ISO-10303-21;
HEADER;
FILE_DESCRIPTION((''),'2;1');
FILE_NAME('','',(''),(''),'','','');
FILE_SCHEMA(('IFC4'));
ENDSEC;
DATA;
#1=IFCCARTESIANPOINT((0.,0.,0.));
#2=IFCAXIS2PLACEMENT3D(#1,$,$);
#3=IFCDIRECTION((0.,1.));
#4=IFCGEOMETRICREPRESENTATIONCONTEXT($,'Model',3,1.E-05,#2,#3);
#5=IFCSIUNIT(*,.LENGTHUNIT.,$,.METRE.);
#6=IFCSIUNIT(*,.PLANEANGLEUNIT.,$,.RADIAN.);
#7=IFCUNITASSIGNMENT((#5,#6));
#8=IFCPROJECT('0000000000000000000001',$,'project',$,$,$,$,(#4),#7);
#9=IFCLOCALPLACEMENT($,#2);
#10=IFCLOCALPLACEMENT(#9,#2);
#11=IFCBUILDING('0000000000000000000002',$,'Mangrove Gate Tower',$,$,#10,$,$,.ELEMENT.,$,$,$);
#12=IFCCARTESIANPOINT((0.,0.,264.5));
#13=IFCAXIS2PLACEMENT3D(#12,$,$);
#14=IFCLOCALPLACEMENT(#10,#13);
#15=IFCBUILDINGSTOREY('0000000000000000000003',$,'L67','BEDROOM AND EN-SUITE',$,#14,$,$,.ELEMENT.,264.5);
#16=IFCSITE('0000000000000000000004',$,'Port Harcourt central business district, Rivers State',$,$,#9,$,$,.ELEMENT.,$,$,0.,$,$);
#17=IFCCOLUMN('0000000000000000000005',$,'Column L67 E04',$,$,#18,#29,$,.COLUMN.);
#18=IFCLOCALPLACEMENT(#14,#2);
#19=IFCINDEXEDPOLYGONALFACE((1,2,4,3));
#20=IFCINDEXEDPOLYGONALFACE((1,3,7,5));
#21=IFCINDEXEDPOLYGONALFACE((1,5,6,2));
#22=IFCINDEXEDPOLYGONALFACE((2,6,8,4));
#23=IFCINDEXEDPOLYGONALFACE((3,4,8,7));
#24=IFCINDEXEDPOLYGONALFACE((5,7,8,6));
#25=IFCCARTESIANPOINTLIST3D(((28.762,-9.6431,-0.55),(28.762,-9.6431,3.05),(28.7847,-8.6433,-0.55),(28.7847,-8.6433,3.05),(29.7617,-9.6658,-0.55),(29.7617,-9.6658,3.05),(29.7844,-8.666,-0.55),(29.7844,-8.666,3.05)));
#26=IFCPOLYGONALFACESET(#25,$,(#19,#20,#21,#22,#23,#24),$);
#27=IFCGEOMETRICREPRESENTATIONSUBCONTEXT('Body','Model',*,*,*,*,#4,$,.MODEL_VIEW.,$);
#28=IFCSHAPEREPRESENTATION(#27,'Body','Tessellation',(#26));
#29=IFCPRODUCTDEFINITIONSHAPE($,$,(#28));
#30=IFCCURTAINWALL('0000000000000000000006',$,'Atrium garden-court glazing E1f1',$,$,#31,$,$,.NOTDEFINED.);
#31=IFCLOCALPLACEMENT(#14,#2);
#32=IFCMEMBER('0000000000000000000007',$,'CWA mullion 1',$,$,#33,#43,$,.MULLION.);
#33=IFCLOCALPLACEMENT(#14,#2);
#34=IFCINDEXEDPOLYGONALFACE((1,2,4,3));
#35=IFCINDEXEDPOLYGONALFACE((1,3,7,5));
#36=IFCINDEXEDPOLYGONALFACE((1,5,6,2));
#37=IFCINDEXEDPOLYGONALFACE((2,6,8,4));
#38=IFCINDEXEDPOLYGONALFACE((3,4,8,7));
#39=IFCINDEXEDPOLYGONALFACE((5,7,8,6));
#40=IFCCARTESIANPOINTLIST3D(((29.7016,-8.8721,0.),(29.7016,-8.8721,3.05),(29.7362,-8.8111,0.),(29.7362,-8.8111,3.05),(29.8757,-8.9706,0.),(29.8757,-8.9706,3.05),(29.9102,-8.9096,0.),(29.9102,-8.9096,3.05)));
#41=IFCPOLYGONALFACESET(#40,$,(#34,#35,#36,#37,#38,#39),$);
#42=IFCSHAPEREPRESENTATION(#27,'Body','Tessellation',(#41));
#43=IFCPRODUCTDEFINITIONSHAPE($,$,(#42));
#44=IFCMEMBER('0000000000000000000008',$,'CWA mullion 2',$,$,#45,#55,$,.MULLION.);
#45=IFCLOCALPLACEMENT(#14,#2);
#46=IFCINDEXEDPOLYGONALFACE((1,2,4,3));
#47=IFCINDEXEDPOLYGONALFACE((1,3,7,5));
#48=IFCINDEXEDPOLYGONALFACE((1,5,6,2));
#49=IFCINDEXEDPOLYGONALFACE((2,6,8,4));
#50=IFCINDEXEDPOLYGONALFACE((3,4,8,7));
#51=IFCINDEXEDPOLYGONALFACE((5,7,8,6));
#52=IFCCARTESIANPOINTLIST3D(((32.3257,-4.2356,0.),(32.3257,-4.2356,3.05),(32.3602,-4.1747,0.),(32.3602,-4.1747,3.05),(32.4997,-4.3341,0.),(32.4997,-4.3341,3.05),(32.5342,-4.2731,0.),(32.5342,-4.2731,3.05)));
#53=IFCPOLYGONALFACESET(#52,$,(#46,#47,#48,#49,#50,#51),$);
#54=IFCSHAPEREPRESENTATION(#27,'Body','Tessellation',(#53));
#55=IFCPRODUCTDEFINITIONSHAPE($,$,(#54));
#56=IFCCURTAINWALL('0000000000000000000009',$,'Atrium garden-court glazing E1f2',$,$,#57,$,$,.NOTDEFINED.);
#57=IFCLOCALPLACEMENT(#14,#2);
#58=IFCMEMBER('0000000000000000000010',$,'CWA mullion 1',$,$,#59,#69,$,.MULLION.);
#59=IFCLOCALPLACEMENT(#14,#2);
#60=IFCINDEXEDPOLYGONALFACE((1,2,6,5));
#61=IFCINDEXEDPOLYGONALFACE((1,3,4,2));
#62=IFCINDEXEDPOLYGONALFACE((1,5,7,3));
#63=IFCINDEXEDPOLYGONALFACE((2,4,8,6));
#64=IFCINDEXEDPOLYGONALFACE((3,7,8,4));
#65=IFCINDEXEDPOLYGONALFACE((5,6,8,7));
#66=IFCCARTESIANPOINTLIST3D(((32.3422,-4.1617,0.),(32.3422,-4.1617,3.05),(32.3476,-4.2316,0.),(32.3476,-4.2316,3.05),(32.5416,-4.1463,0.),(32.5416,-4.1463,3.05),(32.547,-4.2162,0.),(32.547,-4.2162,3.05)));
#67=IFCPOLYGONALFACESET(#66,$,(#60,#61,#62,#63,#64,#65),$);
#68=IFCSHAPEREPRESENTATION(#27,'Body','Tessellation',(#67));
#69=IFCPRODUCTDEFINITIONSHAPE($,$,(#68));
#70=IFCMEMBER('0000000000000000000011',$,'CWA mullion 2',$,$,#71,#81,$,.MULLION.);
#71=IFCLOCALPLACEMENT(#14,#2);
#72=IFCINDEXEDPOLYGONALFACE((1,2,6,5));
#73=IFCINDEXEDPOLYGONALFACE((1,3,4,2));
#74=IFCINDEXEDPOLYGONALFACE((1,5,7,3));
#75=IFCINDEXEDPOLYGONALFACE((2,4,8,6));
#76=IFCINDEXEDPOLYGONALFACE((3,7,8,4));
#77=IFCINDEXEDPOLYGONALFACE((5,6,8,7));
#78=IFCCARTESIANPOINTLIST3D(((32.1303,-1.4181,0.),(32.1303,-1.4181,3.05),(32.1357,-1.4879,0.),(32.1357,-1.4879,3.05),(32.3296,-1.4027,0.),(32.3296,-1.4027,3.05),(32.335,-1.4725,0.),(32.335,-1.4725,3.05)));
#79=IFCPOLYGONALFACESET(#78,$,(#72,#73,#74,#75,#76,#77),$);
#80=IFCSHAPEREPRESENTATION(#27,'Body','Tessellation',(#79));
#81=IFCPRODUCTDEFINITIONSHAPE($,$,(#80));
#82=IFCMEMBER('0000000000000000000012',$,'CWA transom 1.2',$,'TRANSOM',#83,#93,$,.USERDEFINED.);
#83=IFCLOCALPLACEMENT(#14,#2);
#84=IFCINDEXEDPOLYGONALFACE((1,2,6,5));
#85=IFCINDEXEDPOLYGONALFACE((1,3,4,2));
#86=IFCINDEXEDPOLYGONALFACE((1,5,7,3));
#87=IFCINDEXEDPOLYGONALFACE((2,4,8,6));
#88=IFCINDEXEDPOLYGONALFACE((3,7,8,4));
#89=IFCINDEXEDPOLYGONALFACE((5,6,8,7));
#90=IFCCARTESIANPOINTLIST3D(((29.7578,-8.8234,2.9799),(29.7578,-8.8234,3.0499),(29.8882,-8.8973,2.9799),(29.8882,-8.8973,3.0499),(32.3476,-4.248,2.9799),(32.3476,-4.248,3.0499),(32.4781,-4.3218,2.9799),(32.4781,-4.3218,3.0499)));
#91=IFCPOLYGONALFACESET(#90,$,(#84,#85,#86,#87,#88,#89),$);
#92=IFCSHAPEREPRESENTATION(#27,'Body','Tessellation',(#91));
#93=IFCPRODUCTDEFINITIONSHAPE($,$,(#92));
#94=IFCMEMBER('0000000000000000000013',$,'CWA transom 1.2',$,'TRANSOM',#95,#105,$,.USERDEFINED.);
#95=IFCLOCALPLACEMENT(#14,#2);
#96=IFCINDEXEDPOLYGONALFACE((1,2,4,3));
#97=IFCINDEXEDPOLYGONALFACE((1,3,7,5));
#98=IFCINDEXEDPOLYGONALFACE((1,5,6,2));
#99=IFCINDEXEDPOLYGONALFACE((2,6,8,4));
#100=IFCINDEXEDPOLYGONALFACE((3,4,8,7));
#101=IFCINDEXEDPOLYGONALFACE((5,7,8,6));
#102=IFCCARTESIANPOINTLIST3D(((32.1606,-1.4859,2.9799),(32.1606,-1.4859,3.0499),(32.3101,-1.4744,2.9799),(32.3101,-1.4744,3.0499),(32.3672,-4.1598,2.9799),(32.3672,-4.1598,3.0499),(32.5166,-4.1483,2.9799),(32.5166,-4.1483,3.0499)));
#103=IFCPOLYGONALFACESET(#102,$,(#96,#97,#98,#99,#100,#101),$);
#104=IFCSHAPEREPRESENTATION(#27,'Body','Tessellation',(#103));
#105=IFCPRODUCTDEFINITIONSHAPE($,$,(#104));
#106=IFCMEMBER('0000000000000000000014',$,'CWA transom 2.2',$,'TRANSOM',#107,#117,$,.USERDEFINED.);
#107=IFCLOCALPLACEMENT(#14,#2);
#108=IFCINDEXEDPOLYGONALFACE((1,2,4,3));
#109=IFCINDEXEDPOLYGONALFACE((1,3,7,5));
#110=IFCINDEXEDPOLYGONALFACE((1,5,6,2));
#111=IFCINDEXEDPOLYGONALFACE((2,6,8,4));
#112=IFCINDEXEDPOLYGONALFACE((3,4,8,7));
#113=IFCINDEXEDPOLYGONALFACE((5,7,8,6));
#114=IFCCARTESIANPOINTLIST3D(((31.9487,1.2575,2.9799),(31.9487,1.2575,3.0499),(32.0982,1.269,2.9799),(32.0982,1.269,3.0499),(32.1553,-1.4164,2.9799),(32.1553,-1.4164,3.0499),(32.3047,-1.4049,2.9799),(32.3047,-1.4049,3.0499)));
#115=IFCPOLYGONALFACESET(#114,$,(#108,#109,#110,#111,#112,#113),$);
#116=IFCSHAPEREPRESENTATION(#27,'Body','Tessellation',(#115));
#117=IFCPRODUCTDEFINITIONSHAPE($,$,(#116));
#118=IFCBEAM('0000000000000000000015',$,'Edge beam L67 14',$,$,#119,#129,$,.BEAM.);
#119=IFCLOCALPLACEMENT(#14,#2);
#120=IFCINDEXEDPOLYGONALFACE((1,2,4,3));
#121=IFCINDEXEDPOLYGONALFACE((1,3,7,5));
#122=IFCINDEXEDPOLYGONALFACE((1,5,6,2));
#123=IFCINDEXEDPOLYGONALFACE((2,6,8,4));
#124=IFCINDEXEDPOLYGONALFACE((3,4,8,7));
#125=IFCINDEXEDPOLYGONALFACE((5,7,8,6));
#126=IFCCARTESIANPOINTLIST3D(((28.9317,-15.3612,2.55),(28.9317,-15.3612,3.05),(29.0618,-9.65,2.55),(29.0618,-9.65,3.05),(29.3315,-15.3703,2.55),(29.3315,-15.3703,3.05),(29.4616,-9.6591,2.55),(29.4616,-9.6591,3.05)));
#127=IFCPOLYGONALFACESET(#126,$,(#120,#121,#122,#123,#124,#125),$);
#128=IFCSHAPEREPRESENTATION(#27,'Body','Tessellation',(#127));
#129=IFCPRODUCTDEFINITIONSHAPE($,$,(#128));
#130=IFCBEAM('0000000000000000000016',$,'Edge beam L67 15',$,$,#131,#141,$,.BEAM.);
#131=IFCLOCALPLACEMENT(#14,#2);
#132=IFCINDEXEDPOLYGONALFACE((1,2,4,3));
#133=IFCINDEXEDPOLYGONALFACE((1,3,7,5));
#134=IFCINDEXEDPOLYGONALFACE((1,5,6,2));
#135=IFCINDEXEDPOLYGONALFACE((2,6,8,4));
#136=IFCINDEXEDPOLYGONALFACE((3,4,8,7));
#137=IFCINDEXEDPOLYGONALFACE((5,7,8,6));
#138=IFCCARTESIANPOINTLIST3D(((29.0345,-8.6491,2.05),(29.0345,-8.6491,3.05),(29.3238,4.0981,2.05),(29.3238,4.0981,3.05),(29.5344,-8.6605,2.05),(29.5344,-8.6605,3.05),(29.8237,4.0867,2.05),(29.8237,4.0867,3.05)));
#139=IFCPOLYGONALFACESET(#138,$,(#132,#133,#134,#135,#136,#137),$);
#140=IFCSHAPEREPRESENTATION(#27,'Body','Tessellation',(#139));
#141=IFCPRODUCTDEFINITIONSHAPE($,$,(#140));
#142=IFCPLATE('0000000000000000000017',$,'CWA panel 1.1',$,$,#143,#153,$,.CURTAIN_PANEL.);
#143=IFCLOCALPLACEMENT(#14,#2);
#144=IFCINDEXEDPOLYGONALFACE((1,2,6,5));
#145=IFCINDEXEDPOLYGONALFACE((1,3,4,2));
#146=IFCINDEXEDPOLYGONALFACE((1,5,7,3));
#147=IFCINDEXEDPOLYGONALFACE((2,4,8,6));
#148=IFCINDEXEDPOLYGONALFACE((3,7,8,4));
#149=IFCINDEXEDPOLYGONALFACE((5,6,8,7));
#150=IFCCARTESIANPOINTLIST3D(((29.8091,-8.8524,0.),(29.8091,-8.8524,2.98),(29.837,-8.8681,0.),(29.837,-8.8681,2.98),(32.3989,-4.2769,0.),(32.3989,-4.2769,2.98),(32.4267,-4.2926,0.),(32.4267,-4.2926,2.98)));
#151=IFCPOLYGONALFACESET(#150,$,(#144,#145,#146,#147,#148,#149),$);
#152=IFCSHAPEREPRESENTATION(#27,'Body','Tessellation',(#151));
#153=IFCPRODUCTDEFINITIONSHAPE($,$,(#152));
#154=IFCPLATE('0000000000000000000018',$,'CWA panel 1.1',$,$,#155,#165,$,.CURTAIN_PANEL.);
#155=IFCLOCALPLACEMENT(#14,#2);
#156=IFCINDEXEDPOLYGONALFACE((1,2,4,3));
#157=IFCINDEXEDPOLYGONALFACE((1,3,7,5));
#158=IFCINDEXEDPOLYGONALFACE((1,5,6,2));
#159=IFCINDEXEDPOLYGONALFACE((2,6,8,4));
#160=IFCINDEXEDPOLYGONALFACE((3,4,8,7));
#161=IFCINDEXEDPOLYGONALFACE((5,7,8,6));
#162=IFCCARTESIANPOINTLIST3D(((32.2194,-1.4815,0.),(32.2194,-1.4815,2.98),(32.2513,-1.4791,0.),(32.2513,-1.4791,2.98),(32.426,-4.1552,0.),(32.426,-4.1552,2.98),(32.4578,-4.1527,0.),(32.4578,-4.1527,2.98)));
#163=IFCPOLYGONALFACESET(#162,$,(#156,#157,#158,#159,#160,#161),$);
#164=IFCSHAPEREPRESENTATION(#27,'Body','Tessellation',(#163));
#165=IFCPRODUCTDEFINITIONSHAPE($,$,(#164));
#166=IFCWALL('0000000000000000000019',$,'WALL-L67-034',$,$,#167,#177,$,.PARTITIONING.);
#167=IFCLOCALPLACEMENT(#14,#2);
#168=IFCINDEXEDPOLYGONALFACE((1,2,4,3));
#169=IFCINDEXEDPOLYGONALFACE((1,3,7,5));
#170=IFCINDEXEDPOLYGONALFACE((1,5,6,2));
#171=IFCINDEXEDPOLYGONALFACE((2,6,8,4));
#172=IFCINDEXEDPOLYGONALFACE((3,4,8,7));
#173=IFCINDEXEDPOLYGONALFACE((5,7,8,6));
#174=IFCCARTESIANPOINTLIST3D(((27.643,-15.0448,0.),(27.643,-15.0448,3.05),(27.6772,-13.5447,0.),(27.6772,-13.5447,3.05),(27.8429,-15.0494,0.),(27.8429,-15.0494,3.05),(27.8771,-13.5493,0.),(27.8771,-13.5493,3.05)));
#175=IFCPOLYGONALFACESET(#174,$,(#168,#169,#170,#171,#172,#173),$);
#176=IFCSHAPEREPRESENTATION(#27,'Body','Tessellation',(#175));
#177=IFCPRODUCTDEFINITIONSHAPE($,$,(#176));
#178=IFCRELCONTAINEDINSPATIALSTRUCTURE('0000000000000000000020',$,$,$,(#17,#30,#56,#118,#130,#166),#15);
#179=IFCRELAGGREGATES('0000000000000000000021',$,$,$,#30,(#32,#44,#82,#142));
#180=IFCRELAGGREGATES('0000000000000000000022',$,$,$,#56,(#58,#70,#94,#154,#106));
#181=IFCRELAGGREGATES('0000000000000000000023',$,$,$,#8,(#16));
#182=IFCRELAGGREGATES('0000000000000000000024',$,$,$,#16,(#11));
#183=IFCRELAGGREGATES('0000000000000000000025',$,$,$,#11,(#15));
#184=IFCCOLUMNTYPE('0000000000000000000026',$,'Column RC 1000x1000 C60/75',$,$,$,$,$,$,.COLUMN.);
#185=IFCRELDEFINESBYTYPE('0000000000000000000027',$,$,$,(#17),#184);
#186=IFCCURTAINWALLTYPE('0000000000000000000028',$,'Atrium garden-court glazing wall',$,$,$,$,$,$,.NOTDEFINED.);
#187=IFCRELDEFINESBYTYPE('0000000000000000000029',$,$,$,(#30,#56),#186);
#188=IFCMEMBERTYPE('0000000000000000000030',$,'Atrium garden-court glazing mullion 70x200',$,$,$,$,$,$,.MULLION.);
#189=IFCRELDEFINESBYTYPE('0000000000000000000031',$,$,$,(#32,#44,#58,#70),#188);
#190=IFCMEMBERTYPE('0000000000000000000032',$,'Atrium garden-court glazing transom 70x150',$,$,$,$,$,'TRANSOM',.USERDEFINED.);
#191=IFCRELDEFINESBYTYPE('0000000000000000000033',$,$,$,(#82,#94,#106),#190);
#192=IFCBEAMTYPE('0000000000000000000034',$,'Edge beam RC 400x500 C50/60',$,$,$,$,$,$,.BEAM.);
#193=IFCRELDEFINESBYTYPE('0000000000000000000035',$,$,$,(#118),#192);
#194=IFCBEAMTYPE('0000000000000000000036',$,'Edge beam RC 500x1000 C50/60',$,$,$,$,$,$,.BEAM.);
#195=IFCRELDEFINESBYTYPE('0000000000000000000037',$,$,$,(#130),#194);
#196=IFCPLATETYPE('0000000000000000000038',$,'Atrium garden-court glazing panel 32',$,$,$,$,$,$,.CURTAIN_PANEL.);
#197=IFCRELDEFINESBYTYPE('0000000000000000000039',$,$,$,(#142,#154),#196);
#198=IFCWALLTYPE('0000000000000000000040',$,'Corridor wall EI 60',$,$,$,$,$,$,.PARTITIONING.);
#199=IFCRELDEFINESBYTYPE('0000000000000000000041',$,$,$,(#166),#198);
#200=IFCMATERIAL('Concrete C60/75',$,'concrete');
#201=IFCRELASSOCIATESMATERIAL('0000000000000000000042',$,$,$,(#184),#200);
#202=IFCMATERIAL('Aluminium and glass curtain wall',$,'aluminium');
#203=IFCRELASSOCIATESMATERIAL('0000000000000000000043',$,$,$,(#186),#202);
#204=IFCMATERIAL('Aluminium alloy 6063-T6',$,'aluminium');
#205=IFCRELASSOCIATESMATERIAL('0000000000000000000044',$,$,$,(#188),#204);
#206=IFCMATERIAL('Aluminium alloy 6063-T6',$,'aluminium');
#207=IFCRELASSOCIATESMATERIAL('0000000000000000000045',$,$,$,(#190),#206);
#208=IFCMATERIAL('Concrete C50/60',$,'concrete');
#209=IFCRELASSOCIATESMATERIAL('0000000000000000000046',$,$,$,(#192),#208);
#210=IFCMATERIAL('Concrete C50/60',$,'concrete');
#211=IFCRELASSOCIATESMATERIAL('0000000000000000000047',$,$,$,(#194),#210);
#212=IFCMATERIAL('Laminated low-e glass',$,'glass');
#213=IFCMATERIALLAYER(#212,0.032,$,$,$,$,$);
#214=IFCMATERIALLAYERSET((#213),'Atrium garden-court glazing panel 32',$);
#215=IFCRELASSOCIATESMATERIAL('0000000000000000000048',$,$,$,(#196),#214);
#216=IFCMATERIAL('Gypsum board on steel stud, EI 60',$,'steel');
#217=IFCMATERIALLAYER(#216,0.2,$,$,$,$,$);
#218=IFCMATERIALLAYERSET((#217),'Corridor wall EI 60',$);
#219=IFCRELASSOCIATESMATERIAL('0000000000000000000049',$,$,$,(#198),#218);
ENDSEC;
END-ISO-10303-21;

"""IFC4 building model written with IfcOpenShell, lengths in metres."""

from ifc_helpers import new_model, si_unit, direction, frame, frame_2d, origin, origin_2d, place, context, subcontext, project, spatial, rectangle, extrude, material, layer, layer_set, material_profile, profile_set, type_object, element, aggregate, save


model = new_model("IFC4")

# Units and contexts
model_context = context("Model", 3, precision=1e-05, world=origin(), true_north=direction((0.0, 1.0)))
body_context = subcontext(model_context, "Body", "Model", "MODEL_VIEW")
ifc_project = project(units=[si_unit("LENGTHUNIT", "METRE"), si_unit("PLANEANGLEUNIT", "RADIAN")], contexts=[model_context])

# Site, building, storey
site_placement = place(None, origin())
site = spatial("IfcSite", under=ifc_project, at=site_placement, Name="Port Harcourt central business district, Rivers State", CompositionType="ELEMENT", RefElevation=0.0)
building_placement = place(site_placement, origin())
building = spatial("IfcBuilding", under=site, at=building_placement, Name="Mangrove Gate Tower", CompositionType="ELEMENT")
storey_placement = place(building_placement, frame((0.0, 0.0, 264.5)))
storey = spatial("IfcBuildingStorey", under=building, at=storey_placement, Name="L67", Description="BEDROOM AND EN-SUITE", CompositionType="ELEMENT", Elevation=264.5)

# Column
ifc_material_1 = material(Name="Concrete C60/75", Category="concrete")
ifc_material_profile_1 = material_profile(ifc_material_1, rectangle(XDim=1.0, YDim=1.0, at=origin_2d()))
ifc_profile_set_1 = profile_set([ifc_material_profile_1], Name="Concrete C60/75")
column_type = type_object("IfcColumnType", Name="Column RC 1000x1000 C60/75", PredefinedType="COLUMN", material=ifc_profile_set_1)
column_placement = place(storey_placement, frame((29.2732, -9.1545, -0.55), z_axis=(0.0, 0.0, 1.0), x_axis=(0.022724, 0.999742, 0.0)))
element("IfcColumn", 1, at=column_placement, inside=storey, type_object=column_type, Name="Column L67 E04", PredefinedType="COLUMN", context=body_context, shape_type="SweptSolid", body=[
    extrude(rectangle(XDim=1.0, YDim=1.0, at=origin_2d()), origin(), (0.0, 0.0, 1.0), 3.6001),
])

# Curtain walls, members
ifc_material_2 = material(Name="Aluminium and glass curtain wall", Category="aluminium")
curtain_wall_type = type_object("IfcCurtainWallType", Name="Atrium garden-court glazing wall", PredefinedType="NOTDEFINED", material=ifc_material_2)
curtain_wall_1_placement = place(storey_placement, origin())
curtain_wall_1 = element("IfcCurtainWall", 2, at=curtain_wall_1_placement, inside=storey, type_object=curtain_wall_type, Name="Atrium garden-court glazing E1f1", PredefinedType="NOTDEFINED")
ifc_material_3 = material(Name="Aluminium alloy 6063-T6", Category="aluminium")
ifc_material_profile_2 = material_profile(ifc_material_3, rectangle(XDim=0.0701, YDim=0.2, at=origin_2d()))
ifc_profile_set_2 = profile_set([ifc_material_profile_2], Name="Aluminium alloy 6063-T6")
member_type_1 = type_object("IfcMemberType", Name="Atrium garden-court glazing mullion 70x200", PredefinedType="MULLION", material=ifc_profile_set_2)
member_1_placement = place(storey_placement, frame((29.8059, -8.8909, 0.0), z_axis=(0.0, 0.0, 1.0), x_axis=(0.492568, 0.870274, 0.0)))
member_1 = element("IfcMember", 3, at=member_1_placement, type_object=member_type_1, Name="CWA mullion 1", PredefinedType="MULLION", context=body_context, shape_type="SweptSolid", body=[
    extrude(rectangle(XDim=0.0701, YDim=0.2, at=origin_2d()), origin(), (0.0, 0.0, 1.0), 3.05),
])
member_2_placement = place(storey_placement, frame((32.4299, -4.2544, 0.0), z_axis=(0.0, 0.0, 1.0), x_axis=(0.492568, 0.870274, 0.0)))
member_2 = element("IfcMember", 4, at=member_2_placement, type_object=member_type_1, Name="CWA mullion 2", PredefinedType="MULLION", context=body_context, shape_type="SweptSolid", body=[
    extrude(rectangle(XDim=0.0701, YDim=0.2, at=origin_2d()), origin(), (0.0, 0.0, 1.0), 3.05),
])
curtain_wall_2_placement = place(storey_placement, origin())
curtain_wall_2 = element("IfcCurtainWall", 5, at=curtain_wall_2_placement, inside=storey, type_object=curtain_wall_type, Name="Atrium garden-court glazing E1f2", PredefinedType="NOTDEFINED")
member_3_placement = place(storey_placement, frame((32.4446, -4.189, 0.0), z_axis=(0.0, 0.0, 1.0), x_axis=(-0.077023, 0.997029, 0.0)))
member_3 = element("IfcMember", 6, at=member_3_placement, type_object=member_type_1, Name="CWA mullion 1", PredefinedType="MULLION", context=body_context, shape_type="SweptSolid", body=[
    extrude(rectangle(XDim=0.0701, YDim=0.2, at=origin_2d()), origin(), (0.0, 0.0, 1.0), 3.05),
])
member_4_placement = place(storey_placement, frame((32.2327, -1.4453, 0.0), z_axis=(0.0, 0.0, 1.0), x_axis=(-0.077023, 0.997029, 0.0)))
member_4 = element("IfcMember", 7, at=member_4_placement, type_object=member_type_1, Name="CWA mullion 2", PredefinedType="MULLION", context=body_context, shape_type="SweptSolid", body=[
    extrude(rectangle(XDim=0.0701, YDim=0.2, at=origin_2d()), origin(), (0.0, 0.0, 1.0), 3.05),
])

# Members
ifc_material_4 = material(Name="Aluminium alloy 6063-T6", Category="aluminium")
ifc_material_profile_3 = material_profile(ifc_material_4, rectangle(XDim=0.0701, YDim=0.1499, at=origin_2d()))
ifc_profile_set_3 = profile_set([ifc_material_profile_3], Name="Aluminium alloy 6063-T6")
member_type_2 = type_object("IfcMemberType", Name="Atrium garden-court glazing transom 70x150", ElementType="TRANSOM", PredefinedType="USERDEFINED", material=ifc_profile_set_3)
member_5_placement = place(storey_placement, frame((29.823, -8.8604, 3.0149), z_axis=(0.492594, 0.870259, 0.0), x_axis=(0.0, 0.0, 1.0)))
member_5 = element("IfcMember", 8, at=member_5_placement, type_object=member_type_2, Name="CWA transom 1.2", ObjectType="TRANSOM", PredefinedType="USERDEFINED", context=body_context, shape_type="SweptSolid", body=[
    extrude(rectangle(XDim=0.0701, YDim=0.1499, at=origin_2d()), origin(), (0.0, 0.0, 1.0), 5.2576),
])
member_6_placement = place(storey_placement, frame((32.4419, -4.1541, 3.0149), z_axis=(-0.077017, 0.99703, 0.0), x_axis=(0.0, 0.0, 1.0)))
member_6 = element("IfcMember", 9, at=member_6_placement, type_object=member_type_2, Name="CWA transom 1.2", ObjectType="TRANSOM", PredefinedType="USERDEFINED", context=body_context, shape_type="SweptSolid", body=[
    extrude(rectangle(XDim=0.0701, YDim=0.1499, at=origin_2d()), origin(), (0.0, 0.0, 1.0), 2.6819),
])
member_7_placement = place(storey_placement, frame((32.23, -1.4106, 3.0149), z_axis=(-0.077017, 0.99703, 0.0), x_axis=(0.0, 0.0, 1.0)))
member_7 = element("IfcMember", 10, at=member_7_placement, type_object=member_type_2, Name="CWA transom 2.2", ObjectType="TRANSOM", PredefinedType="USERDEFINED", context=body_context, shape_type="SweptSolid", body=[
    extrude(rectangle(XDim=0.0701, YDim=0.1499, at=origin_2d()), origin(), (0.0, 0.0, 1.0), 2.6819),
])

# Beams
ifc_material_5 = material(Name="Concrete C50/60", Category="concrete")
ifc_material_profile_4 = material_profile(ifc_material_5, rectangle(XDim=0.3999, YDim=0.5, at=origin_2d()))
ifc_profile_set_4 = profile_set([ifc_material_profile_4], Name="Concrete C50/60")
beam_type_1 = type_object("IfcBeamType", Name="Edge beam RC 400x500 C50/60", PredefinedType="BEAM", material=ifc_profile_set_4)
beam_1_placement = place(storey_placement, frame((29.1316, -15.3657, 2.8), z_axis=(0.022779, 0.999741, 0.0), x_axis=(-0.999741, 0.022779, 0.0)))
element("IfcBeam", 11, at=beam_1_placement, inside=storey, type_object=beam_type_1, Name="Edge beam L67 14", PredefinedType="BEAM", context=body_context, shape_type="SweptSolid", body=[
    extrude(rectangle(XDim=0.3999, YDim=0.5, at=origin_2d()), origin(), (0.0, 0.0, 1.0), 5.7126),
])
ifc_material_6 = material(Name="Concrete C50/60", Category="concrete")
ifc_material_profile_5 = material_profile(ifc_material_6, rectangle(XDim=0.5, YDim=1.0, at=origin_2d()))
ifc_profile_set_5 = profile_set([ifc_material_profile_5], Name="Concrete C50/60")
beam_type_2 = type_object("IfcBeamType", Name="Edge beam RC 500x1000 C50/60", PredefinedType="BEAM", material=ifc_profile_set_5)
beam_2_placement = place(storey_placement, frame((29.2844, -8.6548, 2.55), z_axis=(0.02269, 0.999743, 0.0), x_axis=(-0.999743, 0.02269, 0.0)))
element("IfcBeam", 12, at=beam_2_placement, inside=storey, type_object=beam_type_2, Name="Edge beam L67 15", PredefinedType="BEAM", context=body_context, shape_type="SweptSolid", body=[
    extrude(rectangle(XDim=0.5, YDim=1.0, at=origin_2d()), origin(), (0.0, 0.0, 1.0), 12.7505),
])

# Plates
ifc_material_7 = material(Name="Laminated low-e glass", Category="glass")
ifc_layer_1 = layer(ifc_material_7, 0.032)
ifc_layer_set_1 = layer_set([ifc_layer_1], Name="Atrium garden-court glazing panel 32")
plate_type = type_object("IfcPlateType", Name="Atrium garden-court glazing panel 32", PredefinedType="CURTAIN_PANEL", material=ifc_layer_set_1)
plate_1_placement = place(storey_placement, frame((31.1179, -6.5725, 0.0), z_axis=(0.0, 0.0, 1.0), x_axis=(0.492568, 0.870274, 0.0)))
plate_1 = element("IfcPlate", 13, at=plate_1_placement, type_object=plate_type, Name="CWA panel 1.1", PredefinedType="CURTAIN_PANEL", context=body_context, shape_type="SweptSolid", body=[
    extrude(rectangle(XDim=5.2576, YDim=0.032, at=origin_2d()), origin(), (0.0, 0.0, 1.0), 2.98),
])
aggregate(curtain_wall_1, [member_1, member_2, member_5, plate_1])
plate_2_placement = place(storey_placement, frame((32.3386, -2.8171, 0.0), z_axis=(0.0, 0.0, 1.0), x_axis=(-0.077023, 0.997029, 0.0)))
plate_2 = element("IfcPlate", 14, at=plate_2_placement, type_object=plate_type, Name="CWA panel 1.1", PredefinedType="CURTAIN_PANEL", context=body_context, shape_type="SweptSolid", body=[
    extrude(rectangle(XDim=2.6816, YDim=0.032, at=origin_2d()), origin(), (0.0, 0.0, 1.0), 2.98),
])
aggregate(curtain_wall_2, [member_3, member_4, member_6, plate_2, member_7])

# Wall
ifc_material_8 = material(Name="Gypsum board on steel stud, EI 60", Category="steel")
ifc_layer_2 = layer(ifc_material_8, 0.2)
ifc_layer_set_2 = layer_set([ifc_layer_2], Name="Corridor wall EI 60")
wall_type_1 = type_object("IfcWallType", Name="Corridor wall EI 60", PredefinedType="PARTITIONING", material=ifc_layer_set_2)
wall_1_placement = place(storey_placement, frame((27.7429, -15.0471, 0.0), z_axis=(0.0, 0.0, 1.0), x_axis=(0.022781, 0.99974, 0.0)))
element("IfcWall", 15, at=wall_1_placement, inside=storey, type_object=wall_type_1, Name="WALL-L67-034", PredefinedType="PARTITIONING", context=body_context, shape_type="SweptSolid", body=[
    extrude(rectangle(XDim=1.5005, YDim=0.2, at=frame_2d((0.7502, 0.0))), origin(), (0.0, 0.0, 1.0), 3.05),
])

save(model, "model.ifc")
